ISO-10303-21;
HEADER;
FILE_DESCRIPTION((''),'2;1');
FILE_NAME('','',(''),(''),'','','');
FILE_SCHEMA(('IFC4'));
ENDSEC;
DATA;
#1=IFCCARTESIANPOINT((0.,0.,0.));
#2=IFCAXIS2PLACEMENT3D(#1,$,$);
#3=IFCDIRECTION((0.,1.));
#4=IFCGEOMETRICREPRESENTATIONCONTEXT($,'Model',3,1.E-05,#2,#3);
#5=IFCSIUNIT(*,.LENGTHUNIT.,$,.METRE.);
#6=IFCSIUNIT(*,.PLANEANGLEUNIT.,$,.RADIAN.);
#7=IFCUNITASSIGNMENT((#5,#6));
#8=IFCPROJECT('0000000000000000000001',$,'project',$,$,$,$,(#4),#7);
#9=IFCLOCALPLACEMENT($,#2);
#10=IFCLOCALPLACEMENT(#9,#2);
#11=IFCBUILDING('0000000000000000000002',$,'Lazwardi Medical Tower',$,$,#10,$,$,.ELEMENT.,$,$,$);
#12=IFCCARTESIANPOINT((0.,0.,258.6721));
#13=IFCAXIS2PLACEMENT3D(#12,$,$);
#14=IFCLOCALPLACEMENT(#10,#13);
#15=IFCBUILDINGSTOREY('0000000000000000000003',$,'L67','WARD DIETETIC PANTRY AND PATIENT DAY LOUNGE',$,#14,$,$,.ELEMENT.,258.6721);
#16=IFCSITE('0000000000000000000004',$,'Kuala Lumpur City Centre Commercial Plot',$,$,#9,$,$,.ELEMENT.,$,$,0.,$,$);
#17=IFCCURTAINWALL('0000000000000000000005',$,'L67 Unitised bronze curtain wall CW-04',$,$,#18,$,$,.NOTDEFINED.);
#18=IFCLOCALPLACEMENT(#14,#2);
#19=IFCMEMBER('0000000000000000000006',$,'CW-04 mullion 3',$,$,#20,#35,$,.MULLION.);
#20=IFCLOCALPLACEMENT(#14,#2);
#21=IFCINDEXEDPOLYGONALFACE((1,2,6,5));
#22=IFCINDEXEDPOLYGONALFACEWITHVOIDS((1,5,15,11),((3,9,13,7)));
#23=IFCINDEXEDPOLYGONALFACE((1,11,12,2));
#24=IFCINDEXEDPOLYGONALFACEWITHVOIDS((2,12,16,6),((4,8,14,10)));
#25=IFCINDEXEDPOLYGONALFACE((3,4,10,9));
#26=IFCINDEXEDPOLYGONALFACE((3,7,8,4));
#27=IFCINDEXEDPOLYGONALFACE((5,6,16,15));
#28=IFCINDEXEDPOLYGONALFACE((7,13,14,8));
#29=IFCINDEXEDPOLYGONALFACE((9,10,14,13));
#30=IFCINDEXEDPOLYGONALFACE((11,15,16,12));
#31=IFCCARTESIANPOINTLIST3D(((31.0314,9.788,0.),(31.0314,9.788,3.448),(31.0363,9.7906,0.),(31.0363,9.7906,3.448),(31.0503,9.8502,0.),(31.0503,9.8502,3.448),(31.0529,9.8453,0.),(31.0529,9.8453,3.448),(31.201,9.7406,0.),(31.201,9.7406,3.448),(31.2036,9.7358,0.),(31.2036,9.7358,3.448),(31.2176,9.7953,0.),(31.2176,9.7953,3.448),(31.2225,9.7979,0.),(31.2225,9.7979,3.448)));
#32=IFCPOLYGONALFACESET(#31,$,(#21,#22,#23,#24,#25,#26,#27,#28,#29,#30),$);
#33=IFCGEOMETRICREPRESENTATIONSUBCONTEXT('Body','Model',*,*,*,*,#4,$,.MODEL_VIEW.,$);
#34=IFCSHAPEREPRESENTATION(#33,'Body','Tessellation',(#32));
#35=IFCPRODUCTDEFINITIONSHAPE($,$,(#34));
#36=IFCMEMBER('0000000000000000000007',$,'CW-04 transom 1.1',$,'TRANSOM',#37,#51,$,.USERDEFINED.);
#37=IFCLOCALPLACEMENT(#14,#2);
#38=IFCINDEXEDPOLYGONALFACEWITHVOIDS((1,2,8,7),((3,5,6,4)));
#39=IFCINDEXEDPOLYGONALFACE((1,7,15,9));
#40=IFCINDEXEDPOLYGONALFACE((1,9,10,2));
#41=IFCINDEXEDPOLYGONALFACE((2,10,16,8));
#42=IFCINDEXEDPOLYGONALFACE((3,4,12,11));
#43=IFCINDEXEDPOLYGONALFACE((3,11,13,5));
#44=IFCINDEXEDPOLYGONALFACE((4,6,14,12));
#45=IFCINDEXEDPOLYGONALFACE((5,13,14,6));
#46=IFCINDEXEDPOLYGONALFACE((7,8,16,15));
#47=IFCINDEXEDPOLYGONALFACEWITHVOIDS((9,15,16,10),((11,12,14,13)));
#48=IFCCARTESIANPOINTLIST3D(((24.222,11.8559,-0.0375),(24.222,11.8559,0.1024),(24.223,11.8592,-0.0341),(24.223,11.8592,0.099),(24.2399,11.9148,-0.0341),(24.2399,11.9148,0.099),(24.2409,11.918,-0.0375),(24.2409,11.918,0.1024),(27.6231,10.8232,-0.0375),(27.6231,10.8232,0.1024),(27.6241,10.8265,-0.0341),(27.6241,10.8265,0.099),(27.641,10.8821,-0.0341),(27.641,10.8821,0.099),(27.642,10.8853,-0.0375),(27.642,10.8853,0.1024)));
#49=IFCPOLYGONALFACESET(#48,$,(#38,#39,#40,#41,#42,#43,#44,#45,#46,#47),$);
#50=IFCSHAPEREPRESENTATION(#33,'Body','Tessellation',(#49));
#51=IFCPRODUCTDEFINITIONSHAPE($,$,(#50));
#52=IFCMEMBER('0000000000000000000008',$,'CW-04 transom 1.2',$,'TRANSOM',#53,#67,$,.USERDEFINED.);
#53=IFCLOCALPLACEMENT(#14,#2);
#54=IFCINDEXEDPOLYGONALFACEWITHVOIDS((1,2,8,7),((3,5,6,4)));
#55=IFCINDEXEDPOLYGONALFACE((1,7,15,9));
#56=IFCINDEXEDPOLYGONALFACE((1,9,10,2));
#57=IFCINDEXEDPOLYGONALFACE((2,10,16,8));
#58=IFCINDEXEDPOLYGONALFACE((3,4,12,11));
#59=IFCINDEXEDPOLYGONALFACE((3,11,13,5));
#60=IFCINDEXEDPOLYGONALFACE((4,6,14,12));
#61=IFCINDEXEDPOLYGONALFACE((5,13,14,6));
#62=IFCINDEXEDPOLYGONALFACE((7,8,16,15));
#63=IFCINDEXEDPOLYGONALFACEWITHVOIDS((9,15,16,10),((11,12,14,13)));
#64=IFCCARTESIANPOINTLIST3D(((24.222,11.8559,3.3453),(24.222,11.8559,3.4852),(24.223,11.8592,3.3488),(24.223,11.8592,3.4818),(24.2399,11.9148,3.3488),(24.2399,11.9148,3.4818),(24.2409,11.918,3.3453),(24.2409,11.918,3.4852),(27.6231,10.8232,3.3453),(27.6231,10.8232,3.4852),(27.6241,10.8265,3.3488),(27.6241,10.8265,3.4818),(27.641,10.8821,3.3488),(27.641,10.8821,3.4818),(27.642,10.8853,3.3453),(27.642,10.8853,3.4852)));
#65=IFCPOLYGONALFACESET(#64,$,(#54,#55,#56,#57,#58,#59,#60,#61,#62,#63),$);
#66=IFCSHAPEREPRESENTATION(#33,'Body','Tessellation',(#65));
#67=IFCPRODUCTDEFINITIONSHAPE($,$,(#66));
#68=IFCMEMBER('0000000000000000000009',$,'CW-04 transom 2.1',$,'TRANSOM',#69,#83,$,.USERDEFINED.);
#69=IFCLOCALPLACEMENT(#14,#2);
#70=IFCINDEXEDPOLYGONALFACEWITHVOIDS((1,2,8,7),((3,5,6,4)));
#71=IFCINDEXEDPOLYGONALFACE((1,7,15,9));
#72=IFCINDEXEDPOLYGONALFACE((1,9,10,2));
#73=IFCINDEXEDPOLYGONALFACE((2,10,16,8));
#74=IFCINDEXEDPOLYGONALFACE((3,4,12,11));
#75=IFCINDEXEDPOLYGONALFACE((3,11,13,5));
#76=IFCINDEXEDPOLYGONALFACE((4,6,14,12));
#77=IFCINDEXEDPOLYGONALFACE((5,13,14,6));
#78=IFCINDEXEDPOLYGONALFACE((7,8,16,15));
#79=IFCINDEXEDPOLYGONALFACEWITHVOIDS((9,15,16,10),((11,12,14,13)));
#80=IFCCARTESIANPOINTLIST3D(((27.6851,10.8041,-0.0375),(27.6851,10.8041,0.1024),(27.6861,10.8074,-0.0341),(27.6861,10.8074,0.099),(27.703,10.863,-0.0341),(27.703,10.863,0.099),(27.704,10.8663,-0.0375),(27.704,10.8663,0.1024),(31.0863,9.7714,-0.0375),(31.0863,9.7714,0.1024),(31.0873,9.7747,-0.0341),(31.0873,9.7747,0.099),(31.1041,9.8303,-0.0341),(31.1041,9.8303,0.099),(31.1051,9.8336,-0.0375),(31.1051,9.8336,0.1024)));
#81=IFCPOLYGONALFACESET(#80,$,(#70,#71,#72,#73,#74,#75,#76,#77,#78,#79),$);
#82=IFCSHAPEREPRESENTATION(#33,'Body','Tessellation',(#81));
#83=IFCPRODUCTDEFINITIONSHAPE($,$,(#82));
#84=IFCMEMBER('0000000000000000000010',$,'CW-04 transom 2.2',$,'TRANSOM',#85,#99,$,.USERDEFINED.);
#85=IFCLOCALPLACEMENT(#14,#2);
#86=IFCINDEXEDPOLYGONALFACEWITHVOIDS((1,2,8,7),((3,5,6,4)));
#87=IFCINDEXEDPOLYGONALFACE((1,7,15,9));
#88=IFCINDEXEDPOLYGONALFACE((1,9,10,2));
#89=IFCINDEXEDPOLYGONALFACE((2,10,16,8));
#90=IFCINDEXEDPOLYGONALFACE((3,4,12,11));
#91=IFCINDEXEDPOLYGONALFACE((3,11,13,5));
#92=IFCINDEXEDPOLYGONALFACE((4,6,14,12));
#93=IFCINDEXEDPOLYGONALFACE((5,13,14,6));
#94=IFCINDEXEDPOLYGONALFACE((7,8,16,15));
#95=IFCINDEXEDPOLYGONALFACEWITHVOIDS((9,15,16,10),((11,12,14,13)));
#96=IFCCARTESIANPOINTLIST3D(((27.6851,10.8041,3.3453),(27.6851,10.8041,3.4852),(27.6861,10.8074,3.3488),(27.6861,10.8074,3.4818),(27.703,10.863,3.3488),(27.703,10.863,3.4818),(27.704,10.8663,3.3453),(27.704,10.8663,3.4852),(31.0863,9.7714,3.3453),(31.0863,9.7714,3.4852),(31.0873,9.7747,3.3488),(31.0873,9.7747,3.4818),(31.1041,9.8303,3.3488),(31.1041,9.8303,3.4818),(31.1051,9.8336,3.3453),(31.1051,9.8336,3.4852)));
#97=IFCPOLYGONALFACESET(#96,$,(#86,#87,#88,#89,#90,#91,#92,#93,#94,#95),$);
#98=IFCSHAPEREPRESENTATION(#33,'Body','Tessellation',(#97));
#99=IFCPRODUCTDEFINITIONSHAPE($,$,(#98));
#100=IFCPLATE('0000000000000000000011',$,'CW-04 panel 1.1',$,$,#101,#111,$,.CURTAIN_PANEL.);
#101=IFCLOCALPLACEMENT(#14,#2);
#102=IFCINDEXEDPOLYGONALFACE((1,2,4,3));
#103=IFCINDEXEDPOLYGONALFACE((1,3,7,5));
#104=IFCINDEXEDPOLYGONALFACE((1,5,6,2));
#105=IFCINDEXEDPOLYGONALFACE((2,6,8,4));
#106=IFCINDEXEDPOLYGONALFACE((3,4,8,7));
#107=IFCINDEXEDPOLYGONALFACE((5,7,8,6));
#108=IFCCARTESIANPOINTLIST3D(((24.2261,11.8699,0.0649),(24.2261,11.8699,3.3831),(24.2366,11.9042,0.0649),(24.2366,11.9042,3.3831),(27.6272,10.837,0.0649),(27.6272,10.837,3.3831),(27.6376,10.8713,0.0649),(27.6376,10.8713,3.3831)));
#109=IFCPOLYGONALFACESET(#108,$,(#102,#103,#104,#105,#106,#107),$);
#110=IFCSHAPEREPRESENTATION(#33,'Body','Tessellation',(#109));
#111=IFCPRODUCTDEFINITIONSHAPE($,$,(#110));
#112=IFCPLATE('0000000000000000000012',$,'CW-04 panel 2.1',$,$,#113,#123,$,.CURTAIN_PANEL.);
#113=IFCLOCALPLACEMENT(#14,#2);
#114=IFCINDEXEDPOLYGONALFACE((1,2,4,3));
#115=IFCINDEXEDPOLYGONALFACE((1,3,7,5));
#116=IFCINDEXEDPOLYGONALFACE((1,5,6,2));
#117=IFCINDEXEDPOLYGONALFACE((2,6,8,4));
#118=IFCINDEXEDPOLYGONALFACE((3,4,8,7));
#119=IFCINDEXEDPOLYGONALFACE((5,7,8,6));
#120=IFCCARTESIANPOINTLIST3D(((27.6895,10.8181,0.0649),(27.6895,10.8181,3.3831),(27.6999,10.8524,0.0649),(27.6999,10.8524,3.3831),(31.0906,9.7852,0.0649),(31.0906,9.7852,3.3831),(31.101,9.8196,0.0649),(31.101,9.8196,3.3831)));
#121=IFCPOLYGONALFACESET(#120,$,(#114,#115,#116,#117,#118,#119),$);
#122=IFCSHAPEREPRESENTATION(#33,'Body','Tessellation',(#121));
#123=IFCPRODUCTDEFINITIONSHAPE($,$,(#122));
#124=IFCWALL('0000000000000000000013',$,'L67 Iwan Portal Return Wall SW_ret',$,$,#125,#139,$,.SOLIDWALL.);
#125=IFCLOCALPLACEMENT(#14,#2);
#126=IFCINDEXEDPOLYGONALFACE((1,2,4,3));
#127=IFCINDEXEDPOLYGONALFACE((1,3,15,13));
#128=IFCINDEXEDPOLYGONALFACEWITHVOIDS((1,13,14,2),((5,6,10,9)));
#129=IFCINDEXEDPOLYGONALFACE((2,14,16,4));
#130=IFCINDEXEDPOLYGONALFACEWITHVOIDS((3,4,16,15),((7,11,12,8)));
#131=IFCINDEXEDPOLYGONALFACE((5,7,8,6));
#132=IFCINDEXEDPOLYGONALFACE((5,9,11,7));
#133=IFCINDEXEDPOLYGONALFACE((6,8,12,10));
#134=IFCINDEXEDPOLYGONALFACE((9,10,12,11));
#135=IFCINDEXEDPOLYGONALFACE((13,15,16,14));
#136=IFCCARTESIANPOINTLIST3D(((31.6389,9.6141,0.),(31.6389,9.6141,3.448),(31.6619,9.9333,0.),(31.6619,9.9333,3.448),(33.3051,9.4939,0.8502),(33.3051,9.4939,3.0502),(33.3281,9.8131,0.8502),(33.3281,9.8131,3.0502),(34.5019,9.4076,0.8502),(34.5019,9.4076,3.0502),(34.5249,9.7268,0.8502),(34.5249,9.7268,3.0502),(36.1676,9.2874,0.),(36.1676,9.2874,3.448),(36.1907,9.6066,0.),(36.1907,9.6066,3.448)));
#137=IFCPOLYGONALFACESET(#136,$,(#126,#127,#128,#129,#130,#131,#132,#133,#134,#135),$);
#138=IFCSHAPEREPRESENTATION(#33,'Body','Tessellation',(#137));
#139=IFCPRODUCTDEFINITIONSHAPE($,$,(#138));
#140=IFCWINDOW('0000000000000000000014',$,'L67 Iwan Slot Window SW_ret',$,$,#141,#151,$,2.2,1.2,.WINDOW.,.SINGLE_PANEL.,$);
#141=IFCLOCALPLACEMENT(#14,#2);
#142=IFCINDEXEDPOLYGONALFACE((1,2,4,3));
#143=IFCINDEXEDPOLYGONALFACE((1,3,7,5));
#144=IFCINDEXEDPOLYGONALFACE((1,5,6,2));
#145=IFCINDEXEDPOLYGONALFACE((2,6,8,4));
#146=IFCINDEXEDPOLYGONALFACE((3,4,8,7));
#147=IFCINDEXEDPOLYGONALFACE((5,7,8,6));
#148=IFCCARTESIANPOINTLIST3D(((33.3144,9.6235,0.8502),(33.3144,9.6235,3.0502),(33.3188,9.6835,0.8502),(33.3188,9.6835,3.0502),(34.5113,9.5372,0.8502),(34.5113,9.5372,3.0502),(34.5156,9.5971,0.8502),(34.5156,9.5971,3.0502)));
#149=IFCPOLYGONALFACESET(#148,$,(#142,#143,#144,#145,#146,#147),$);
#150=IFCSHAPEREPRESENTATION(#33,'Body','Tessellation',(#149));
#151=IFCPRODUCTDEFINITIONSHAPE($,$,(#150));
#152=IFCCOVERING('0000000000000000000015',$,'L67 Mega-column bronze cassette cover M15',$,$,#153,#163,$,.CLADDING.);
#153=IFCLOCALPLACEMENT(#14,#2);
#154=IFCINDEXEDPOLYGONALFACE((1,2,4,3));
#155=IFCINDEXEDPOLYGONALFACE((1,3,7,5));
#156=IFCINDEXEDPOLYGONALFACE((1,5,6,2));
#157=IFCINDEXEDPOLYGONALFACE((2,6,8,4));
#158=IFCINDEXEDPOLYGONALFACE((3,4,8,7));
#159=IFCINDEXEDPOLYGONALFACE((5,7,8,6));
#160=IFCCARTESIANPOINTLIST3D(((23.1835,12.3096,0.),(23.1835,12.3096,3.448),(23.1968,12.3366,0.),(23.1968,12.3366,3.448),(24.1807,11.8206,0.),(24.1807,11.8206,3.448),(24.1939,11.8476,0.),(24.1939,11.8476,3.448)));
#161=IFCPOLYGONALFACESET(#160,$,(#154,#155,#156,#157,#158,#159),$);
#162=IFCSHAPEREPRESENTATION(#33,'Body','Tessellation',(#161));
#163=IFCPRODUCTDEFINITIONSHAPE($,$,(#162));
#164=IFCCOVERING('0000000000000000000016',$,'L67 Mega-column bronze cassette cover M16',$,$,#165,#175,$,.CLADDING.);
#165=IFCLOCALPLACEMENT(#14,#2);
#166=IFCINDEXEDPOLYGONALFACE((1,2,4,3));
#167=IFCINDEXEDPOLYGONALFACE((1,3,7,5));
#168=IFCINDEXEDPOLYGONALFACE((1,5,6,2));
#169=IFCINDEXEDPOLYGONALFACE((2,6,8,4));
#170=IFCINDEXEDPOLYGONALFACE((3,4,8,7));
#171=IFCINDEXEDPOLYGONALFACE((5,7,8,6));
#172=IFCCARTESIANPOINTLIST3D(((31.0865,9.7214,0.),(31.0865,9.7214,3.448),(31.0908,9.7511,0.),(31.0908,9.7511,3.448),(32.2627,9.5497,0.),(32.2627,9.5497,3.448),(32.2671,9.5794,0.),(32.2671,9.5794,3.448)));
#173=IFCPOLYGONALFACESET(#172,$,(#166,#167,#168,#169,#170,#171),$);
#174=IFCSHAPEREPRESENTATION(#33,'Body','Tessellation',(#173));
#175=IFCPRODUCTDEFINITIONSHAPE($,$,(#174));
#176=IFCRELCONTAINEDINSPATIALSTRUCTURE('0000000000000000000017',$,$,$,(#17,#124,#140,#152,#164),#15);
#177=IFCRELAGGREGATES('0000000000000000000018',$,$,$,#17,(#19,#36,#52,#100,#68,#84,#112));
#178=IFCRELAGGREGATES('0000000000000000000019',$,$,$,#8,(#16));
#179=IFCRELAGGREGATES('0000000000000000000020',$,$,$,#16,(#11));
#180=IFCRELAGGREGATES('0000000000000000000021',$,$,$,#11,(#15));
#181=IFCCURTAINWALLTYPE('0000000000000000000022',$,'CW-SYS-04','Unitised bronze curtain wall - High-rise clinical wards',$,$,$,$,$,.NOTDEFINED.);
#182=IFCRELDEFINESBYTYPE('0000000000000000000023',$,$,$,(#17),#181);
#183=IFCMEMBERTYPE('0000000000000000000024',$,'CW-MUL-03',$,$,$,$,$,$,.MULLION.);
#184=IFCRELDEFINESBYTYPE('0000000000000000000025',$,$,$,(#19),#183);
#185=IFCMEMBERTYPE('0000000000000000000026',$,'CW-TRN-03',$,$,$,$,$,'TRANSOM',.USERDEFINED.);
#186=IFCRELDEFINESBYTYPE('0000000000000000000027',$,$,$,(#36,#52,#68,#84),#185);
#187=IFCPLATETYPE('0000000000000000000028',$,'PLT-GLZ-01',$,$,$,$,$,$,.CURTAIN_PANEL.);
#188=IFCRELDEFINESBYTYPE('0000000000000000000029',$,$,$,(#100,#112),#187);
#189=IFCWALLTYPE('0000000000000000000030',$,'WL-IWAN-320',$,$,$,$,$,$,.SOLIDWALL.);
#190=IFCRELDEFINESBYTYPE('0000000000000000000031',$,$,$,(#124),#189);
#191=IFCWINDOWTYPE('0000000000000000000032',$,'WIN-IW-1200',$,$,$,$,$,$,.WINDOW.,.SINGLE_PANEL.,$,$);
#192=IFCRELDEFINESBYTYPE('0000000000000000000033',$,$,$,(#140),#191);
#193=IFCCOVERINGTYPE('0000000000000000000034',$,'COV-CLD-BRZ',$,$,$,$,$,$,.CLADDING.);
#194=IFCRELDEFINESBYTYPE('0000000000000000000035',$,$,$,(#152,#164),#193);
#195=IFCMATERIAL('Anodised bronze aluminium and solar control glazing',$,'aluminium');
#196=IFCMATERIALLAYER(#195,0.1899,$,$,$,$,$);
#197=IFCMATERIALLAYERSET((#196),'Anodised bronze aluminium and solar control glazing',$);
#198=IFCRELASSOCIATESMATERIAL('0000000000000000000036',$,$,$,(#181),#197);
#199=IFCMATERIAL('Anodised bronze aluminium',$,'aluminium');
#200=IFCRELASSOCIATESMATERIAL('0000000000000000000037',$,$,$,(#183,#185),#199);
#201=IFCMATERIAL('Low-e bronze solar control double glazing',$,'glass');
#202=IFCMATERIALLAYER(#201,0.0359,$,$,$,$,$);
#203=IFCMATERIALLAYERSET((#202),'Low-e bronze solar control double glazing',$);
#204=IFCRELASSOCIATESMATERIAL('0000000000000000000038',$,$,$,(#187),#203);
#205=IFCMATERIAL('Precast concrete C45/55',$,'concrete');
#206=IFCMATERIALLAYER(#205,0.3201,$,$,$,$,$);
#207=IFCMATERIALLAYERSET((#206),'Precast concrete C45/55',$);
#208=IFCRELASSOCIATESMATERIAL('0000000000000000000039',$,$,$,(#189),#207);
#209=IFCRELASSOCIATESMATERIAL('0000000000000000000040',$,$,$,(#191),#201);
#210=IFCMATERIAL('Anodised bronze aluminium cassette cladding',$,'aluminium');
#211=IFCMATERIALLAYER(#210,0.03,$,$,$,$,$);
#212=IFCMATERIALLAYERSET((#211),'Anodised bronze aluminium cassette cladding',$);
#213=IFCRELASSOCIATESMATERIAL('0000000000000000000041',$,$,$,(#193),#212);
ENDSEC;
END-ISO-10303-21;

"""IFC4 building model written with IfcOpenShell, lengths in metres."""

from ifc_helpers import new_model, si_unit, direction, frame, frame_2d, origin, origin_2d, place, context, subcontext, project, spatial, rectangle, hollow_rectangle, extrude, material, layer, layer_set, material_profile, profile_set, type_object, element, fill, aggregate, save


model = new_model("IFC4")

# Units and contexts
model_context = context("Model", 3, precision=1e-05, world=origin(), true_north=direction((0.0, 1.0)))
body_context = subcontext(model_context, "Body", "Model", "MODEL_VIEW")
ifc_project = project(units=[si_unit("LENGTHUNIT", "METRE"), si_unit("PLANEANGLEUNIT", "RADIAN")], contexts=[model_context])

# Site, building, storey
site_placement = place(None, origin())
site = spatial("IfcSite", under=ifc_project, at=site_placement, Name="Kuala Lumpur City Centre Commercial Plot", CompositionType="ELEMENT", RefElevation=0.0)
building_placement = place(site_placement, origin())
building = spatial("IfcBuilding", under=site, at=building_placement, Name="Lazwardi Medical Tower", CompositionType="ELEMENT")
storey_placement = place(building_placement, frame((0.0, 0.0, 258.6721)))
storey = spatial("IfcBuildingStorey", under=building, at=storey_placement, Name="L67", Description="WARD DIETETIC PANTRY AND PATIENT DAY LOUNGE", CompositionType="ELEMENT", Elevation=258.6721)

# Shared definitions
ifc_material_1 = material(Name="Anodised bronze aluminium and solar control glazing", Category="aluminium")
ifc_layer_1 = layer(ifc_material_1, 0.1899)
ifc_layer_set_1 = layer_set([ifc_layer_1], Name="Anodised bronze aluminium and solar control glazing")
curtain_wall_type = type_object("IfcCurtainWallType", Name="CW-SYS-04", Description="Unitised bronze curtain wall - High-rise clinical wards", PredefinedType="NOTDEFINED", material=ifc_layer_set_1)
ifc_material_2 = material(Name="Anodised bronze aluminium", Category="aluminium")
ifc_material_profile_1 = material_profile(ifc_material_2, hollow_rectangle(XDim=0.0649, YDim=0.1799, WallThickness=0.0039, at=origin_2d()), Name="ALU-MULLION 180x65x4")
ifc_profile_set_1 = profile_set([ifc_material_profile_1], Name="Anodised bronze aluminium")
member_type_1 = type_object("IfcMemberType", Name="CW-MUL-03", PredefinedType="MULLION", material=ifc_profile_set_1)

# Curtain wall, members, plates
curtain_wall_1_placement = place(storey_placement, origin())
curtain_wall_1 = element("IfcCurtainWall", 1, at=curtain_wall_1_placement, inside=storey, type_object=curtain_wall_type, Name="L67 Unitised bronze curtain wall CW-04", PredefinedType="NOTDEFINED")
member_1_placement = place(storey_placement, frame((31.127, 9.793, 0.0), z_axis=(0.0, 0.0, 1.0), x_axis=(0.290582, 0.95685, 0.0)))
member_1 = element("IfcMember", 2, at=member_1_placement, type_object=member_type_1, Name="CW-04 mullion 3", PredefinedType="MULLION", context=body_context, shape_type="SweptSolid", body=[
    extrude(hollow_rectangle(XDim=0.0649, YDim=0.1799, WallThickness=0.0039, at=origin_2d()), origin(), (0.0, 0.0, 1.0), 3.448),
])
ifc_material_profile_2 = material_profile(ifc_material_2, hollow_rectangle(XDim=0.0649, YDim=0.1399, WallThickness=0.0034, at=origin_2d()), Name="ALU-TRANSOM 140x65x3.5")
ifc_profile_set_2 = profile_set([ifc_material_profile_2], Name="Anodised bronze aluminium")
member_type_2 = type_object("IfcMemberType", Name="CW-TRN-03", ElementType="TRANSOM", PredefinedType="USERDEFINED", material=ifc_profile_set_2)
member_2_placement = place(storey_placement, frame((24.2314, 11.887, 0.0325), z_axis=(0.956863, -0.290541, 0.0), x_axis=(0.290541, 0.956863, 0.0)))
member_2 = element("IfcMember", 3, at=member_2_placement, type_object=member_type_2, Name="CW-04 transom 1.1", ObjectType="TRANSOM", PredefinedType="USERDEFINED", context=body_context, shape_type="SweptSolid", body=[
    extrude(hollow_rectangle(XDim=0.0649, YDim=0.1399, WallThickness=0.0034, at=origin_2d()), origin(), (0.0, 0.0, 1.0), 3.5544),
])
member_3_placement = place(storey_placement, frame((24.2314, 11.887, 3.4153), z_axis=(0.956863, -0.290541, 0.0), x_axis=(0.290541, 0.956863, 0.0)))
member_3 = element("IfcMember", 4, at=member_3_placement, type_object=member_type_2, Name="CW-04 transom 1.2", ObjectType="TRANSOM", PredefinedType="USERDEFINED", context=body_context, shape_type="SweptSolid", body=[
    extrude(hollow_rectangle(XDim=0.0649, YDim=0.1399, WallThickness=0.0034, at=origin_2d()), origin(), (0.0, 0.0, 1.0), 3.5544),
])
member_4_placement = place(storey_placement, frame((27.6946, 10.8352, 0.0325), z_axis=(0.956863, -0.290541, 0.0), x_axis=(0.290541, 0.956863, 0.0)))
member_4 = element("IfcMember", 5, at=member_4_placement, type_object=member_type_2, Name="CW-04 transom 2.1", ObjectType="TRANSOM", PredefinedType="USERDEFINED", context=body_context, shape_type="SweptSolid", body=[
    extrude(hollow_rectangle(XDim=0.0649, YDim=0.1399, WallThickness=0.0034, at=origin_2d()), origin(), (0.0, 0.0, 1.0), 3.5544),
])
member_5_placement = place(storey_placement, frame((27.6946, 10.8352, 3.4153), z_axis=(0.956863, -0.290541, 0.0), x_axis=(0.290541, 0.956863, 0.0)))
member_5 = element("IfcMember", 6, at=member_5_placement, type_object=member_type_2, Name="CW-04 transom 2.2", ObjectType="TRANSOM", PredefinedType="USERDEFINED", context=body_context, shape_type="SweptSolid", body=[
    extrude(hollow_rectangle(XDim=0.0649, YDim=0.1399, WallThickness=0.0034, at=origin_2d()), origin(), (0.0, 0.0, 1.0), 3.5544),
])
ifc_material_3 = material(Name="Low-e bronze solar control double glazing", Category="glass")
ifc_layer_2 = layer(ifc_material_3, 0.0359)
ifc_layer_set_2 = layer_set([ifc_layer_2], Name="Low-e bronze solar control double glazing")
plate_type = type_object("IfcPlateType", Name="PLT-GLZ-01", PredefinedType="CURTAIN_PANEL", material=ifc_layer_set_2)
plate_1_placement = place(storey_placement, frame((25.9319, 11.3706, 0.0649), z_axis=(0.0, 0.0, 1.0), x_axis=(0.95685, -0.290582, 0.0)))
plate_1 = element("IfcPlate", 7, at=plate_1_placement, type_object=plate_type, Name="CW-04 panel 1.1", PredefinedType="CURTAIN_PANEL", context=body_context, shape_type="SweptSolid", body=[
    extrude(rectangle(XDim=3.5544, YDim=0.0359, at=origin_2d()), origin(), (0.0, 0.0, 1.0), 3.3181),
])
plate_2_placement = place(storey_placement, frame((29.3953, 10.3188, 0.0649), z_axis=(0.0, 0.0, 1.0), x_axis=(0.95685, -0.290582, 0.0)))
plate_2 = element("IfcPlate", 8, at=plate_2_placement, type_object=plate_type, Name="CW-04 panel 2.1", PredefinedType="CURTAIN_PANEL", context=body_context, shape_type="SweptSolid", body=[
    extrude(rectangle(XDim=3.5544, YDim=0.0359, at=origin_2d()), origin(), (0.0, 0.0, 1.0), 3.3181),
])
aggregate(curtain_wall_1, [member_1, member_2, member_3, plate_1, member_4, member_5, plate_2])

# Wall, opening, window
ifc_material_4 = material(Name="Precast concrete C45/55", Category="concrete")
ifc_layer_3 = layer(ifc_material_4, 0.3201)
ifc_layer_set_3 = layer_set([ifc_layer_3], Name="Precast concrete C45/55")
wall_type = type_object("IfcWallType", Name="WL-IWAN-320", PredefinedType="SOLIDWALL", material=ifc_layer_set_3)
wall_placement = place(storey_placement, frame((31.6504, 9.7737, 0.0), z_axis=(0.0, 0.0, 1.0), x_axis=(0.997409, -0.071942, 0.0)))
wall = element("IfcWall", 9, at=wall_placement, inside=storey, type_object=wall_type, Name="L67 Iwan Portal Return Wall SW_ret", PredefinedType="SOLIDWALL", context=body_context, shape_type="SweptSolid", body=[
    extrude(rectangle(XDim=4.5405, YDim=0.3201, at=frame_2d((2.2703, 0.0))), origin(), (0.0, 0.0, 1.0), 3.448),
])
opening_placement = place(wall_placement, frame((1.6704, 0.0, 0.8501)))
opening = element("IfcOpeningElement", 10, at=opening_placement, cuts=wall, PredefinedType="OPENING", context=body_context, shape_type="SweptSolid", body=[
    extrude(rectangle(XDim=1.2, YDim=2.2, at=frame_2d((0.6001, 1.1001))), frame((0.0, 0.1699, 0.0), z_axis=(0.0, -1.0, 0.0), x_axis=(1.0, 0.0, 0.0)), (0.0, 0.0, 1.0), 0.3401),
])
window_type = type_object("IfcWindowType", Name="WIN-IW-1200", PartitioningType="SINGLE_PANEL", PredefinedType="WINDOW", material=ifc_material_3)
window_placement = place(opening_placement, origin())
window = element("IfcWindow", 11, at=window_placement, inside=storey, type_object=window_type, Name="L67 Iwan Slot Window SW_ret", OverallHeight=2.2, OverallWidth=1.2, PartitioningType="SINGLE_PANEL", PredefinedType="WINDOW", context=body_context, shape_type="SweptSolid", body=[
    extrude(rectangle(XDim=1.2, YDim=2.2, at=frame_2d((0.6001, 1.1001))), frame((0.0, 0.03, 0.0), z_axis=(0.0, -1.0, 0.0), x_axis=(1.0, 0.0, 0.0)), (0.0, 0.0, 1.0), 0.0601),
])
fill(opening, window)

# Coverings
ifc_material_5 = material(Name="Anodised bronze aluminium cassette cladding", Category="aluminium")
ifc_layer_4 = layer(ifc_material_5, 0.03)
ifc_layer_set_4 = layer_set([ifc_layer_4], Name="Anodised bronze aluminium cassette cladding")
covering_type_1 = type_object("IfcCoveringType", Name="COV-CLD-BRZ", PredefinedType="CLADDING", material=ifc_layer_set_4)
covering_1_placement = place(storey_placement, frame((23.6887, 12.0786, 0.0), z_axis=(0.0, 0.0, 1.0), x_axis=(0.89784, -0.440322, 0.0)))
element("IfcCovering", 12, at=covering_1_placement, inside=storey, type_object=covering_type_1, Name="L67 Mega-column bronze cassette cover M15", PredefinedType="CLADDING", context=body_context, shape_type="SweptSolid", body=[
    extrude(rectangle(XDim=1.1106, YDim=0.03, at=origin_2d()), origin(), (0.0, 0.0, 1.0), 3.448),
])
covering_2_placement = place(storey_placement, frame((31.6768, 9.6504, 0.0), z_axis=(0.0, 0.0, 1.0), x_axis=(0.989512, -0.144448, 0.0)))
element("IfcCovering", 13, at=covering_2_placement, inside=storey, type_object=covering_type_1, Name="L67 Mega-column bronze cassette cover M16", PredefinedType="CLADDING", context=body_context, shape_type="SweptSolid", body=[
    extrude(rectangle(XDim=1.1887, YDim=0.03, at=origin_2d()), origin(), (0.0, 0.0, 1.0), 3.448),
])

save(model, "model.ifc")
